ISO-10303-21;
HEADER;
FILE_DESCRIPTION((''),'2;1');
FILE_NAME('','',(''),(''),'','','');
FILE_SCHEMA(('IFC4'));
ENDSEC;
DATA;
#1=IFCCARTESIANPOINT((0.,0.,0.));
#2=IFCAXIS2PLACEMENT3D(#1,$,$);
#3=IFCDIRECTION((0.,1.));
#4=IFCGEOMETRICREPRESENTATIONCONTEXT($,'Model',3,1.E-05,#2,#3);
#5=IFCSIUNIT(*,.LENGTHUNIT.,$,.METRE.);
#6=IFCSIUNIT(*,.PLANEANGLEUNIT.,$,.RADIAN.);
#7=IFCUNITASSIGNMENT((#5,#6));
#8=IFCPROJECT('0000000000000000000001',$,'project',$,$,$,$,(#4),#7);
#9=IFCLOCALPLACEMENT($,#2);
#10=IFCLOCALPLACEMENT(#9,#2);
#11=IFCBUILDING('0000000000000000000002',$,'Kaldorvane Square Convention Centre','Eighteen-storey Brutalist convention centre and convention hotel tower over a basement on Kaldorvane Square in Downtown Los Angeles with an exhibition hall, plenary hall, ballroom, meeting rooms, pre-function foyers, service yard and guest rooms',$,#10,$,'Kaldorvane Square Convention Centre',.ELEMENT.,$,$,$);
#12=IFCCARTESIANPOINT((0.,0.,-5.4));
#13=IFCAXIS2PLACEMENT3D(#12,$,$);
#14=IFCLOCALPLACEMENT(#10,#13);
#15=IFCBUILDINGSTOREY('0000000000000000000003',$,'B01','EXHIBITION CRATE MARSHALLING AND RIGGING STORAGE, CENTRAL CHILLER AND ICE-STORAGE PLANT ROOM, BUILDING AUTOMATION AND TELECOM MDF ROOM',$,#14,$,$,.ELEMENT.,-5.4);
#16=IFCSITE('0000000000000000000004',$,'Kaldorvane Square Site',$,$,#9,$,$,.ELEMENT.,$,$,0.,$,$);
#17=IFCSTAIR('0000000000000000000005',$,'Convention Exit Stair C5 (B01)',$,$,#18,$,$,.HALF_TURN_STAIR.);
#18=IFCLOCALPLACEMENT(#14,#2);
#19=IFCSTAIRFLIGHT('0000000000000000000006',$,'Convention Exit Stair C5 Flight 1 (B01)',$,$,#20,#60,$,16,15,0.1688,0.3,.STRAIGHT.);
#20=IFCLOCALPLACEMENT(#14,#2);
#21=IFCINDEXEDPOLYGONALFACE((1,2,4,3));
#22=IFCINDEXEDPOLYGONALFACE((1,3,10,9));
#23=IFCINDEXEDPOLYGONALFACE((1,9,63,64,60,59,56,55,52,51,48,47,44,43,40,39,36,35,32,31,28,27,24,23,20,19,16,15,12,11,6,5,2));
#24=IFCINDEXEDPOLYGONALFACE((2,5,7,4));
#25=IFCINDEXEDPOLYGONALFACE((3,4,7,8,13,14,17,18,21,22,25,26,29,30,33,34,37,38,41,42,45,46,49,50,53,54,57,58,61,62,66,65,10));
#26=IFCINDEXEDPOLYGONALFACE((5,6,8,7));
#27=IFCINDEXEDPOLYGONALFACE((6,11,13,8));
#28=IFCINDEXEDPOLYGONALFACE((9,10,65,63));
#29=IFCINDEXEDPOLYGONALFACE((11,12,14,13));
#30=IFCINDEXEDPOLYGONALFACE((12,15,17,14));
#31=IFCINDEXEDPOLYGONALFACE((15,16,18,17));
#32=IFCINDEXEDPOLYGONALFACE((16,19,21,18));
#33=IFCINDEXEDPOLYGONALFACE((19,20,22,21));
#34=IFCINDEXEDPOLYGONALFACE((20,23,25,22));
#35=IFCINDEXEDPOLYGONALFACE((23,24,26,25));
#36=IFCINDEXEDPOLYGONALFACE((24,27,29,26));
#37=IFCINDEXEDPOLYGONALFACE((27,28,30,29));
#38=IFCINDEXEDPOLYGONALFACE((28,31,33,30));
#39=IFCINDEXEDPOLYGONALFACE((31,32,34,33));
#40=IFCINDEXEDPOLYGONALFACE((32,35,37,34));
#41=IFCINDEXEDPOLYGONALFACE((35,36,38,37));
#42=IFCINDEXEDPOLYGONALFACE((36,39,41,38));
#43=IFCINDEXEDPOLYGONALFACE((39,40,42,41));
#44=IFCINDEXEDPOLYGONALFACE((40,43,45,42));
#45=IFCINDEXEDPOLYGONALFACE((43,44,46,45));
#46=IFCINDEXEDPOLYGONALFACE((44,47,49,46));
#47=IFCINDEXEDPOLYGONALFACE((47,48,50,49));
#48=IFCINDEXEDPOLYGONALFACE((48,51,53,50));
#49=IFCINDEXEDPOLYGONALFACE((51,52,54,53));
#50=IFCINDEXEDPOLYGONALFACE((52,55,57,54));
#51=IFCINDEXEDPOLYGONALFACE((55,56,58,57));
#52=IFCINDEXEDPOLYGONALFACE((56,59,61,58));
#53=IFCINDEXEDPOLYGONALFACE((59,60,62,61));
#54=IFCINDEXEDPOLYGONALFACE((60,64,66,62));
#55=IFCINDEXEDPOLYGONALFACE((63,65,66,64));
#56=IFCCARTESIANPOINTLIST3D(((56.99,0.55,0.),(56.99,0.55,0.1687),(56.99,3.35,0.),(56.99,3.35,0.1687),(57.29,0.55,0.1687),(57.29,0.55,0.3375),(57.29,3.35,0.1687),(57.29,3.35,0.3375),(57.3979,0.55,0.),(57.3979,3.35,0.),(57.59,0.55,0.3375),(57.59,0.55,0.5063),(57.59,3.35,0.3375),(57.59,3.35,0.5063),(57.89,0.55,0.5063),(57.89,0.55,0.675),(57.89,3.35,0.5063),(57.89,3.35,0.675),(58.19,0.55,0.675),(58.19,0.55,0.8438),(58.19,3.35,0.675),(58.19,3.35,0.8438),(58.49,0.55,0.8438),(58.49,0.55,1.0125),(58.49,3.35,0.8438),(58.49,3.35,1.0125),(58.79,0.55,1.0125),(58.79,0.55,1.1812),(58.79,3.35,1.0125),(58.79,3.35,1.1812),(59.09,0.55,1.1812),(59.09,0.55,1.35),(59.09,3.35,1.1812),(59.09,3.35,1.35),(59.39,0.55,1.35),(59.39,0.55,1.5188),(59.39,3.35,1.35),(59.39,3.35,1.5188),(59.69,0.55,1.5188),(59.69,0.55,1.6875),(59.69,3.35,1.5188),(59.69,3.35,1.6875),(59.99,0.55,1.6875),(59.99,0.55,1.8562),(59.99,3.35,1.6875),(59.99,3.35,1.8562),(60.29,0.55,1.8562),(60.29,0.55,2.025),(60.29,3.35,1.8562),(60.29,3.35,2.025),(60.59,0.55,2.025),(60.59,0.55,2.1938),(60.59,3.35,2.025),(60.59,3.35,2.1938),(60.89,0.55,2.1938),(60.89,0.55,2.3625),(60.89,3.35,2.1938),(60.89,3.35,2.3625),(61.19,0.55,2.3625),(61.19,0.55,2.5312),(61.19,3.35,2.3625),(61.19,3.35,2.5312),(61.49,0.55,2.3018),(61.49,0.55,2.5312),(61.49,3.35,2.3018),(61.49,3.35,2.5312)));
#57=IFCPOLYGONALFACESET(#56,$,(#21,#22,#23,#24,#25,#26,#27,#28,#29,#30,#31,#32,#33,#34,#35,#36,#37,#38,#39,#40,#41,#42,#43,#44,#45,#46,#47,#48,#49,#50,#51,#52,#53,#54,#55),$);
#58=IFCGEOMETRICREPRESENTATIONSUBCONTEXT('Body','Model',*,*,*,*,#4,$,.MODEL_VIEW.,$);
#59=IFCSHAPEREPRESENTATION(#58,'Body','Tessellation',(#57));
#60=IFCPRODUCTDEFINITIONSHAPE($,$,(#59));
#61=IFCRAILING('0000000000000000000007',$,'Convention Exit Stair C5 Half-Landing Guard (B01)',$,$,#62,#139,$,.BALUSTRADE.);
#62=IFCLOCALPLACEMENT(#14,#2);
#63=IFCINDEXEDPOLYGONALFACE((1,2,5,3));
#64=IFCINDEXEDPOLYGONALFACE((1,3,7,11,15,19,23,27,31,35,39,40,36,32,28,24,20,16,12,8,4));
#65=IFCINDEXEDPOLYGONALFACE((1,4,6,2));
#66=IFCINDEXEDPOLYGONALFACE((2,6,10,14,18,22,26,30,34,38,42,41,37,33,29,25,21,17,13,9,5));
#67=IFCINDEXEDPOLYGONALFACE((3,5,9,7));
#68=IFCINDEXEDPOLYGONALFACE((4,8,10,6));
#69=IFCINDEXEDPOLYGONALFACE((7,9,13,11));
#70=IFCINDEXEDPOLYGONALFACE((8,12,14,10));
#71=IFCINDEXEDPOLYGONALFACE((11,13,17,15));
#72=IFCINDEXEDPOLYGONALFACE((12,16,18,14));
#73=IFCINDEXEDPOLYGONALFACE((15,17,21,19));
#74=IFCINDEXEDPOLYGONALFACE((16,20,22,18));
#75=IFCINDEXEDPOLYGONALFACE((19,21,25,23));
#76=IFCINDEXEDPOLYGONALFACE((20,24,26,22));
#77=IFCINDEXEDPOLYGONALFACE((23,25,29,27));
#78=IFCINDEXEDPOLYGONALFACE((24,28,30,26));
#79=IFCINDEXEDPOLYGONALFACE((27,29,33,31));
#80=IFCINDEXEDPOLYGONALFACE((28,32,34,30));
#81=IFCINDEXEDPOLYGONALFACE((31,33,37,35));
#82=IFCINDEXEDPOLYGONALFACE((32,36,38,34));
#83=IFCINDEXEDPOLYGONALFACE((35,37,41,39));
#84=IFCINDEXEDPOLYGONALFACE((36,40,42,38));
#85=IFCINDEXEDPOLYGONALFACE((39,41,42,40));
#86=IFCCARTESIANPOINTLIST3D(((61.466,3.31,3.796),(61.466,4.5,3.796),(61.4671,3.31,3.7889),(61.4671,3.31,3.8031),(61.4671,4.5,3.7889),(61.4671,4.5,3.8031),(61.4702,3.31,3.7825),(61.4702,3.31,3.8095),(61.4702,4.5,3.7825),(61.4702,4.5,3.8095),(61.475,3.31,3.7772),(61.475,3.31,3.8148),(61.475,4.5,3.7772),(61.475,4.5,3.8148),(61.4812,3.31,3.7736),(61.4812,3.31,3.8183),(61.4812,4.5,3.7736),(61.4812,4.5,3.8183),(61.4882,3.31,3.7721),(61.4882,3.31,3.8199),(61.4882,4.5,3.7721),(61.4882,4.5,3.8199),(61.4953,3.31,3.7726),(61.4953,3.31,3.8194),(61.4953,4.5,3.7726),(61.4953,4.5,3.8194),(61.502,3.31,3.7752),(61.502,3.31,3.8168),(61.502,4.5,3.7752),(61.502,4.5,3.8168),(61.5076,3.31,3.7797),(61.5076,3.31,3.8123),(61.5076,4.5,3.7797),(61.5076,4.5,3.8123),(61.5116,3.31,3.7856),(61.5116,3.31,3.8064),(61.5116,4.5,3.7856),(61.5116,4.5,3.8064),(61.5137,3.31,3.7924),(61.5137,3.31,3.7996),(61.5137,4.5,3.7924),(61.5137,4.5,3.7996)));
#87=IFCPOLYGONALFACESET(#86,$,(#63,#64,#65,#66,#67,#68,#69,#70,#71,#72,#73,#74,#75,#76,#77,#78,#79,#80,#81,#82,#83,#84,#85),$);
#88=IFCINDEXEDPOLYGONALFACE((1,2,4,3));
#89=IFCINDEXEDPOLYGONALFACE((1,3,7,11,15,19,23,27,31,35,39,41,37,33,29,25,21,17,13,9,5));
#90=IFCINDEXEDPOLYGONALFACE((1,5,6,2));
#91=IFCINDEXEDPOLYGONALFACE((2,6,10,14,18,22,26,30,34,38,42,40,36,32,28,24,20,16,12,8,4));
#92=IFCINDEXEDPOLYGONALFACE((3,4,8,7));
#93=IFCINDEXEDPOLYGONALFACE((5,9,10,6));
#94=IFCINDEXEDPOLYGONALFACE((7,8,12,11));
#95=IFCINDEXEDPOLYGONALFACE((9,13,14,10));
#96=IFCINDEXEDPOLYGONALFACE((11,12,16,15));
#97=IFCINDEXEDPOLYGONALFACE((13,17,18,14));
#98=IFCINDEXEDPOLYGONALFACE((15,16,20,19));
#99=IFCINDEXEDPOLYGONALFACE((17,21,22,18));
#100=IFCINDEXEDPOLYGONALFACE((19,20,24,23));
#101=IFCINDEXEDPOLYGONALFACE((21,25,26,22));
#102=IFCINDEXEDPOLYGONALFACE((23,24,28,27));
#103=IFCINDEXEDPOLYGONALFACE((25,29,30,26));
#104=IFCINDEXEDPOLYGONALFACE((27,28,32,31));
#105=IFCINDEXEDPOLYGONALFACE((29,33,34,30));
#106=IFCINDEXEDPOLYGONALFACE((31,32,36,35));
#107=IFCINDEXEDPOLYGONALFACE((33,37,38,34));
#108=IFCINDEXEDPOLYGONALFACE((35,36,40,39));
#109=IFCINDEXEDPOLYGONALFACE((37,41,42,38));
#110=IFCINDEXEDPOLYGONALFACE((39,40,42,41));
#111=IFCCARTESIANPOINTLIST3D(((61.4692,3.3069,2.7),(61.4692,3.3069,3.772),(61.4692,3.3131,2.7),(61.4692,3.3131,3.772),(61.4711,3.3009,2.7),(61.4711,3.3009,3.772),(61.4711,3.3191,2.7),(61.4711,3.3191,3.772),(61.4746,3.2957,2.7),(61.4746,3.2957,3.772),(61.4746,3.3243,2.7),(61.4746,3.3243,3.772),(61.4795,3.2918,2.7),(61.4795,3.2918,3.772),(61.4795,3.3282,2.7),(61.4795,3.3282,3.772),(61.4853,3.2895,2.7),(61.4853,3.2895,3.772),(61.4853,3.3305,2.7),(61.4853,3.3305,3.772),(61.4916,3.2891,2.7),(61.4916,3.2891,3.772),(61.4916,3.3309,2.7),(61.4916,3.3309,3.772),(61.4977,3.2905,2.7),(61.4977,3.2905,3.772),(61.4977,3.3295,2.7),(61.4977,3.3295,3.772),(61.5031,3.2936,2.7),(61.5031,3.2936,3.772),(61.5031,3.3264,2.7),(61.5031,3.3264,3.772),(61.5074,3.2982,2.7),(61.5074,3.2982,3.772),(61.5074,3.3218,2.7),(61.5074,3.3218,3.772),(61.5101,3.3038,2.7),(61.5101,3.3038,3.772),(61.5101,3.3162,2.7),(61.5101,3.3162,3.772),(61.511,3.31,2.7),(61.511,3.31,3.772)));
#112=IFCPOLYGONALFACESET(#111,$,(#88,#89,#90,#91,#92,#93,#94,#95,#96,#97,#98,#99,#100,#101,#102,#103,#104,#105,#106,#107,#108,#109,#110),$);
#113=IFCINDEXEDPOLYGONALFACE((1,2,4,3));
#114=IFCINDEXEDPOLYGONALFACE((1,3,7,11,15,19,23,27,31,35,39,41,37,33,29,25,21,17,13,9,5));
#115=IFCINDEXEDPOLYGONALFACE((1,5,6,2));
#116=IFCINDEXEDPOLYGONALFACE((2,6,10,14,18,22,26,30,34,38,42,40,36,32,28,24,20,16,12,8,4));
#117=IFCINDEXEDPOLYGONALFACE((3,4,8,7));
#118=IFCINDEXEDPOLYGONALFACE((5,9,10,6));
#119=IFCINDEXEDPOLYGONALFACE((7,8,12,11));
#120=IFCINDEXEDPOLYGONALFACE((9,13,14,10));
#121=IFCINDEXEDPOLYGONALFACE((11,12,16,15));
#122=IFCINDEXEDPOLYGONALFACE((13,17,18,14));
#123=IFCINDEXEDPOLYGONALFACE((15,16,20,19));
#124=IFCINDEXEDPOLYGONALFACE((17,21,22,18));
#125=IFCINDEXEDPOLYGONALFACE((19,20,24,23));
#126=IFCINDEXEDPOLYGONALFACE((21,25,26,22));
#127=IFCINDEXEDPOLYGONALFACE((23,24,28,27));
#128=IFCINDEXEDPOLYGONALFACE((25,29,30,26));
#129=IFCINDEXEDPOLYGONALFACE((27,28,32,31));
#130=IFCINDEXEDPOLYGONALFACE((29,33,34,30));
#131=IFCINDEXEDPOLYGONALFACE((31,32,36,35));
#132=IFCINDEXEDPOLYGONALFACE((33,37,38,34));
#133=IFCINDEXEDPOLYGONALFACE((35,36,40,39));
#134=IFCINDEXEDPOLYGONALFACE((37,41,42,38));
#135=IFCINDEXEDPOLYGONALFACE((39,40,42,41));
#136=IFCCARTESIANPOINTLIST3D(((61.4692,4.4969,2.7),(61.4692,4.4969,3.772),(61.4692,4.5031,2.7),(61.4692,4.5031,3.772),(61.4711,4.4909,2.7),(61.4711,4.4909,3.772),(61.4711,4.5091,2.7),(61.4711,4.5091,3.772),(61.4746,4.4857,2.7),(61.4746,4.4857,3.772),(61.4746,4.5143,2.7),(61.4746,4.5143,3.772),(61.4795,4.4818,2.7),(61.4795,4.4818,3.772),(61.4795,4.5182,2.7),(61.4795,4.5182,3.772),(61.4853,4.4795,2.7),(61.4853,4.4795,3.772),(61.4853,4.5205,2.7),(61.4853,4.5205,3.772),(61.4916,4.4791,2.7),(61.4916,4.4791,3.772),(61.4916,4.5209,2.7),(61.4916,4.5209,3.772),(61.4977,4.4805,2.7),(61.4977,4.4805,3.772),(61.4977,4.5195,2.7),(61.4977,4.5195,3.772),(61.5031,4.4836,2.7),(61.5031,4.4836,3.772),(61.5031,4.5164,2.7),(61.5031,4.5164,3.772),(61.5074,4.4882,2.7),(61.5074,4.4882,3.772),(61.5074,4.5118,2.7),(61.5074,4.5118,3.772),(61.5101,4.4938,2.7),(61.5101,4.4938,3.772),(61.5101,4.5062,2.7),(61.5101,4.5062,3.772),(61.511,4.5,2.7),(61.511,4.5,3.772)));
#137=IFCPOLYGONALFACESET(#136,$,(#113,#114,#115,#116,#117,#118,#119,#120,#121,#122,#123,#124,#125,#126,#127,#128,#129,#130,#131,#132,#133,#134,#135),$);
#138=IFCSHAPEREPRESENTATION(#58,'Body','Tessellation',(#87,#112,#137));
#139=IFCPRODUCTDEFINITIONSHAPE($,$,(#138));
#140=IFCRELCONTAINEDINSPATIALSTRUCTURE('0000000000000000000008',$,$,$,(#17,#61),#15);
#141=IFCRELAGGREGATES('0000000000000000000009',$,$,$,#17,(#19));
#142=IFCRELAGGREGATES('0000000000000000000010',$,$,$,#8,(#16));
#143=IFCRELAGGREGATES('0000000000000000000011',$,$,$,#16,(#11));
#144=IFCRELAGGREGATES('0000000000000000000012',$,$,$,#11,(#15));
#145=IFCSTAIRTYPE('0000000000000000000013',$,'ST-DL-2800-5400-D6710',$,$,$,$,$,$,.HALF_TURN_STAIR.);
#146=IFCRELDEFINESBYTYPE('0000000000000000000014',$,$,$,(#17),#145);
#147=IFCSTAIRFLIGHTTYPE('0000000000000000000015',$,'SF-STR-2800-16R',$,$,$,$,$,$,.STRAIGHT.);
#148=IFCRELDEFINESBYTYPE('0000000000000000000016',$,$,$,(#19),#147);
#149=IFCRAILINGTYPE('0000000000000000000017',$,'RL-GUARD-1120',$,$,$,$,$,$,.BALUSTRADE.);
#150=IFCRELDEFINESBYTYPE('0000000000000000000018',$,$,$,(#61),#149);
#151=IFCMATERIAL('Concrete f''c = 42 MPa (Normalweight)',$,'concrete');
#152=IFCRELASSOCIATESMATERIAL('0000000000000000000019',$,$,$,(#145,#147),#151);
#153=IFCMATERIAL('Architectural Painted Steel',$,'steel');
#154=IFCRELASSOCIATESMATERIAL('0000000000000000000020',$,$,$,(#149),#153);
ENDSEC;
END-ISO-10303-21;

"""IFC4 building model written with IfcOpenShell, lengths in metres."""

from ifc_helpers import new_model, si_unit, direction, frame, origin, origin_2d, place, context, subcontext, project, spatial, polyline, circle, outline, extrude, material, type_object, element, aggregate, save


model = new_model("IFC4")

# Units and contexts
model_context = context("Model", 3, precision=1e-05, world=origin(), true_north=direction((0.0, 1.0)))
body_context = subcontext(model_context, "Body", "Model", "MODEL_VIEW")
ifc_project = project(units=[si_unit("LENGTHUNIT", "METRE"), si_unit("PLANEANGLEUNIT", "RADIAN")], contexts=[model_context])

# Site, building, storey
site_placement = place(None, origin())
site = spatial("IfcSite", under=ifc_project, at=site_placement, Name="Kaldorvane Square Site", CompositionType="ELEMENT", RefElevation=0.0)
building_placement = place(site_placement, origin())
building = spatial("IfcBuilding", under=site, at=building_placement, Name="Kaldorvane Square Convention Centre", Description="Eighteen-storey Brutalist convention centre and convention hotel tower over a basement on Kaldorvane Square in Downtown Los Angeles with an exhibition hall, plenary hall, ballroom, meeting rooms, pre-function foyers, service yard and guest rooms", LongName="Kaldorvane Square Convention Centre", CompositionType="ELEMENT")
storey_placement = place(building_placement, frame((0.0, 0.0, -5.4)))
storey = spatial("IfcBuildingStorey", under=building, at=storey_placement, Name="B01", Description="EXHIBITION CRATE MARSHALLING AND RIGGING STORAGE, CENTRAL CHILLER AND ICE-STORAGE PLANT ROOM, BUILDING AUTOMATION AND TELECOM MDF ROOM", CompositionType="ELEMENT", Elevation=-5.4)

# Shared definitions
ifc_material_1 = material(Name="Concrete f'c = 42 MPa (Normalweight)", Category="concrete")

# Stair, stair flight
stair_type = type_object("IfcStairType", Name="ST-DL-2800-5400-D6710", PredefinedType="HALF_TURN_STAIR", material=ifc_material_1)
stair_flight_type = type_object("IfcStairFlightType", Name="SF-STR-2800-16R", PredefinedType="STRAIGHT", material=ifc_material_1)
stair_1_placement = place(storey_placement, origin())
stair_1 = element("IfcStair", 1, at=stair_1_placement, inside=storey, type_object=stair_type, Name="Convention Exit Stair C5 (B01)", PredefinedType="HALF_TURN_STAIR")
stair_flight_1_placement = place(storey_placement, frame((56.99, 1.95, 0.0), z_axis=(0.0, 0.0, 1.0), x_axis=(1.0, 0.0, 0.0)))
stair_flight_1 = element("IfcStairFlight", 2, at=stair_flight_1_placement, type_object=stair_flight_type, Name="Convention Exit Stair C5 Flight 1 (B01)", NumberOfRisers=16, NumberOfTreads=15, PredefinedType="STRAIGHT", RiserHeight=0.1688, TreadLength=0.3, context=body_context, shape_type="SweptSolid", body=[
    extrude(outline(polyline([(0.0, 0.0), (0.0, 0.1687), (0.3, 0.1687), (0.3, 0.3375), (0.6, 0.3375), (0.6, 0.5063), (0.9, 0.5063), (0.9, 0.675), (1.2, 0.675), (1.2, 0.8438), (1.5, 0.8438), (1.5, 1.0125), (1.8, 1.0125), (1.8, 1.1812), (2.1, 1.1812), (2.1, 1.35), (2.4, 1.35), (2.4, 1.5188), (2.7, 1.5188), (2.7, 1.6875), (3.0, 1.6875), (3.0, 1.8562), (3.3, 1.8562), (3.3, 2.025), (3.6, 2.025), (3.6, 2.1938), (3.9, 2.1938), (3.9, 2.3625), (4.2, 2.3625), (4.2, 2.5312), (4.5, 2.5312), (4.5, 2.7), (4.5, 2.3018), (0.4079, 0.0), (0.0, 0.0)])), frame((0.0, 1.4, 0.0), z_axis=(0.0, -1.0, 0.0), x_axis=(1.0, 0.0, 0.0)), (0.0, 0.0, 1.0), 2.8),
])
aggregate(stair_1, [stair_flight_1])

# Railing
ifc_material_2 = material(Name="Architectural Painted Steel", Category="steel")
railing_type_1 = type_object("IfcRailingType", Name="RL-GUARD-1120", PredefinedType="BALUSTRADE", material=ifc_material_2)
railing_1_placement = place(storey_placement, frame((61.49, 3.31, 2.7)))
element("IfcRailing", 3, at=railing_1_placement, inside=storey, type_object=railing_type_1, Name="Convention Exit Stair C5 Half-Landing Guard (B01)", PredefinedType="BALUSTRADE", context=body_context, shape_type="SweptSolid", body=[
    extrude(circle(Radius=0.024, at=origin_2d()), frame((0.0, 0.0, 1.096), z_axis=(0.0, 1.0, 0.0), x_axis=(-1.0, 0.0, 0.0)), (0.0, 0.0, 1.0), 1.19),
    extrude(circle(Radius=0.021, at=origin_2d()), origin(), (0.0, 0.0, 1.0), 1.072),
    extrude(circle(Radius=0.021, at=origin_2d()), frame((0.0, 1.19, 0.0)), (0.0, 0.0, 1.0), 1.072),
])

save(model, "model.ifc")
